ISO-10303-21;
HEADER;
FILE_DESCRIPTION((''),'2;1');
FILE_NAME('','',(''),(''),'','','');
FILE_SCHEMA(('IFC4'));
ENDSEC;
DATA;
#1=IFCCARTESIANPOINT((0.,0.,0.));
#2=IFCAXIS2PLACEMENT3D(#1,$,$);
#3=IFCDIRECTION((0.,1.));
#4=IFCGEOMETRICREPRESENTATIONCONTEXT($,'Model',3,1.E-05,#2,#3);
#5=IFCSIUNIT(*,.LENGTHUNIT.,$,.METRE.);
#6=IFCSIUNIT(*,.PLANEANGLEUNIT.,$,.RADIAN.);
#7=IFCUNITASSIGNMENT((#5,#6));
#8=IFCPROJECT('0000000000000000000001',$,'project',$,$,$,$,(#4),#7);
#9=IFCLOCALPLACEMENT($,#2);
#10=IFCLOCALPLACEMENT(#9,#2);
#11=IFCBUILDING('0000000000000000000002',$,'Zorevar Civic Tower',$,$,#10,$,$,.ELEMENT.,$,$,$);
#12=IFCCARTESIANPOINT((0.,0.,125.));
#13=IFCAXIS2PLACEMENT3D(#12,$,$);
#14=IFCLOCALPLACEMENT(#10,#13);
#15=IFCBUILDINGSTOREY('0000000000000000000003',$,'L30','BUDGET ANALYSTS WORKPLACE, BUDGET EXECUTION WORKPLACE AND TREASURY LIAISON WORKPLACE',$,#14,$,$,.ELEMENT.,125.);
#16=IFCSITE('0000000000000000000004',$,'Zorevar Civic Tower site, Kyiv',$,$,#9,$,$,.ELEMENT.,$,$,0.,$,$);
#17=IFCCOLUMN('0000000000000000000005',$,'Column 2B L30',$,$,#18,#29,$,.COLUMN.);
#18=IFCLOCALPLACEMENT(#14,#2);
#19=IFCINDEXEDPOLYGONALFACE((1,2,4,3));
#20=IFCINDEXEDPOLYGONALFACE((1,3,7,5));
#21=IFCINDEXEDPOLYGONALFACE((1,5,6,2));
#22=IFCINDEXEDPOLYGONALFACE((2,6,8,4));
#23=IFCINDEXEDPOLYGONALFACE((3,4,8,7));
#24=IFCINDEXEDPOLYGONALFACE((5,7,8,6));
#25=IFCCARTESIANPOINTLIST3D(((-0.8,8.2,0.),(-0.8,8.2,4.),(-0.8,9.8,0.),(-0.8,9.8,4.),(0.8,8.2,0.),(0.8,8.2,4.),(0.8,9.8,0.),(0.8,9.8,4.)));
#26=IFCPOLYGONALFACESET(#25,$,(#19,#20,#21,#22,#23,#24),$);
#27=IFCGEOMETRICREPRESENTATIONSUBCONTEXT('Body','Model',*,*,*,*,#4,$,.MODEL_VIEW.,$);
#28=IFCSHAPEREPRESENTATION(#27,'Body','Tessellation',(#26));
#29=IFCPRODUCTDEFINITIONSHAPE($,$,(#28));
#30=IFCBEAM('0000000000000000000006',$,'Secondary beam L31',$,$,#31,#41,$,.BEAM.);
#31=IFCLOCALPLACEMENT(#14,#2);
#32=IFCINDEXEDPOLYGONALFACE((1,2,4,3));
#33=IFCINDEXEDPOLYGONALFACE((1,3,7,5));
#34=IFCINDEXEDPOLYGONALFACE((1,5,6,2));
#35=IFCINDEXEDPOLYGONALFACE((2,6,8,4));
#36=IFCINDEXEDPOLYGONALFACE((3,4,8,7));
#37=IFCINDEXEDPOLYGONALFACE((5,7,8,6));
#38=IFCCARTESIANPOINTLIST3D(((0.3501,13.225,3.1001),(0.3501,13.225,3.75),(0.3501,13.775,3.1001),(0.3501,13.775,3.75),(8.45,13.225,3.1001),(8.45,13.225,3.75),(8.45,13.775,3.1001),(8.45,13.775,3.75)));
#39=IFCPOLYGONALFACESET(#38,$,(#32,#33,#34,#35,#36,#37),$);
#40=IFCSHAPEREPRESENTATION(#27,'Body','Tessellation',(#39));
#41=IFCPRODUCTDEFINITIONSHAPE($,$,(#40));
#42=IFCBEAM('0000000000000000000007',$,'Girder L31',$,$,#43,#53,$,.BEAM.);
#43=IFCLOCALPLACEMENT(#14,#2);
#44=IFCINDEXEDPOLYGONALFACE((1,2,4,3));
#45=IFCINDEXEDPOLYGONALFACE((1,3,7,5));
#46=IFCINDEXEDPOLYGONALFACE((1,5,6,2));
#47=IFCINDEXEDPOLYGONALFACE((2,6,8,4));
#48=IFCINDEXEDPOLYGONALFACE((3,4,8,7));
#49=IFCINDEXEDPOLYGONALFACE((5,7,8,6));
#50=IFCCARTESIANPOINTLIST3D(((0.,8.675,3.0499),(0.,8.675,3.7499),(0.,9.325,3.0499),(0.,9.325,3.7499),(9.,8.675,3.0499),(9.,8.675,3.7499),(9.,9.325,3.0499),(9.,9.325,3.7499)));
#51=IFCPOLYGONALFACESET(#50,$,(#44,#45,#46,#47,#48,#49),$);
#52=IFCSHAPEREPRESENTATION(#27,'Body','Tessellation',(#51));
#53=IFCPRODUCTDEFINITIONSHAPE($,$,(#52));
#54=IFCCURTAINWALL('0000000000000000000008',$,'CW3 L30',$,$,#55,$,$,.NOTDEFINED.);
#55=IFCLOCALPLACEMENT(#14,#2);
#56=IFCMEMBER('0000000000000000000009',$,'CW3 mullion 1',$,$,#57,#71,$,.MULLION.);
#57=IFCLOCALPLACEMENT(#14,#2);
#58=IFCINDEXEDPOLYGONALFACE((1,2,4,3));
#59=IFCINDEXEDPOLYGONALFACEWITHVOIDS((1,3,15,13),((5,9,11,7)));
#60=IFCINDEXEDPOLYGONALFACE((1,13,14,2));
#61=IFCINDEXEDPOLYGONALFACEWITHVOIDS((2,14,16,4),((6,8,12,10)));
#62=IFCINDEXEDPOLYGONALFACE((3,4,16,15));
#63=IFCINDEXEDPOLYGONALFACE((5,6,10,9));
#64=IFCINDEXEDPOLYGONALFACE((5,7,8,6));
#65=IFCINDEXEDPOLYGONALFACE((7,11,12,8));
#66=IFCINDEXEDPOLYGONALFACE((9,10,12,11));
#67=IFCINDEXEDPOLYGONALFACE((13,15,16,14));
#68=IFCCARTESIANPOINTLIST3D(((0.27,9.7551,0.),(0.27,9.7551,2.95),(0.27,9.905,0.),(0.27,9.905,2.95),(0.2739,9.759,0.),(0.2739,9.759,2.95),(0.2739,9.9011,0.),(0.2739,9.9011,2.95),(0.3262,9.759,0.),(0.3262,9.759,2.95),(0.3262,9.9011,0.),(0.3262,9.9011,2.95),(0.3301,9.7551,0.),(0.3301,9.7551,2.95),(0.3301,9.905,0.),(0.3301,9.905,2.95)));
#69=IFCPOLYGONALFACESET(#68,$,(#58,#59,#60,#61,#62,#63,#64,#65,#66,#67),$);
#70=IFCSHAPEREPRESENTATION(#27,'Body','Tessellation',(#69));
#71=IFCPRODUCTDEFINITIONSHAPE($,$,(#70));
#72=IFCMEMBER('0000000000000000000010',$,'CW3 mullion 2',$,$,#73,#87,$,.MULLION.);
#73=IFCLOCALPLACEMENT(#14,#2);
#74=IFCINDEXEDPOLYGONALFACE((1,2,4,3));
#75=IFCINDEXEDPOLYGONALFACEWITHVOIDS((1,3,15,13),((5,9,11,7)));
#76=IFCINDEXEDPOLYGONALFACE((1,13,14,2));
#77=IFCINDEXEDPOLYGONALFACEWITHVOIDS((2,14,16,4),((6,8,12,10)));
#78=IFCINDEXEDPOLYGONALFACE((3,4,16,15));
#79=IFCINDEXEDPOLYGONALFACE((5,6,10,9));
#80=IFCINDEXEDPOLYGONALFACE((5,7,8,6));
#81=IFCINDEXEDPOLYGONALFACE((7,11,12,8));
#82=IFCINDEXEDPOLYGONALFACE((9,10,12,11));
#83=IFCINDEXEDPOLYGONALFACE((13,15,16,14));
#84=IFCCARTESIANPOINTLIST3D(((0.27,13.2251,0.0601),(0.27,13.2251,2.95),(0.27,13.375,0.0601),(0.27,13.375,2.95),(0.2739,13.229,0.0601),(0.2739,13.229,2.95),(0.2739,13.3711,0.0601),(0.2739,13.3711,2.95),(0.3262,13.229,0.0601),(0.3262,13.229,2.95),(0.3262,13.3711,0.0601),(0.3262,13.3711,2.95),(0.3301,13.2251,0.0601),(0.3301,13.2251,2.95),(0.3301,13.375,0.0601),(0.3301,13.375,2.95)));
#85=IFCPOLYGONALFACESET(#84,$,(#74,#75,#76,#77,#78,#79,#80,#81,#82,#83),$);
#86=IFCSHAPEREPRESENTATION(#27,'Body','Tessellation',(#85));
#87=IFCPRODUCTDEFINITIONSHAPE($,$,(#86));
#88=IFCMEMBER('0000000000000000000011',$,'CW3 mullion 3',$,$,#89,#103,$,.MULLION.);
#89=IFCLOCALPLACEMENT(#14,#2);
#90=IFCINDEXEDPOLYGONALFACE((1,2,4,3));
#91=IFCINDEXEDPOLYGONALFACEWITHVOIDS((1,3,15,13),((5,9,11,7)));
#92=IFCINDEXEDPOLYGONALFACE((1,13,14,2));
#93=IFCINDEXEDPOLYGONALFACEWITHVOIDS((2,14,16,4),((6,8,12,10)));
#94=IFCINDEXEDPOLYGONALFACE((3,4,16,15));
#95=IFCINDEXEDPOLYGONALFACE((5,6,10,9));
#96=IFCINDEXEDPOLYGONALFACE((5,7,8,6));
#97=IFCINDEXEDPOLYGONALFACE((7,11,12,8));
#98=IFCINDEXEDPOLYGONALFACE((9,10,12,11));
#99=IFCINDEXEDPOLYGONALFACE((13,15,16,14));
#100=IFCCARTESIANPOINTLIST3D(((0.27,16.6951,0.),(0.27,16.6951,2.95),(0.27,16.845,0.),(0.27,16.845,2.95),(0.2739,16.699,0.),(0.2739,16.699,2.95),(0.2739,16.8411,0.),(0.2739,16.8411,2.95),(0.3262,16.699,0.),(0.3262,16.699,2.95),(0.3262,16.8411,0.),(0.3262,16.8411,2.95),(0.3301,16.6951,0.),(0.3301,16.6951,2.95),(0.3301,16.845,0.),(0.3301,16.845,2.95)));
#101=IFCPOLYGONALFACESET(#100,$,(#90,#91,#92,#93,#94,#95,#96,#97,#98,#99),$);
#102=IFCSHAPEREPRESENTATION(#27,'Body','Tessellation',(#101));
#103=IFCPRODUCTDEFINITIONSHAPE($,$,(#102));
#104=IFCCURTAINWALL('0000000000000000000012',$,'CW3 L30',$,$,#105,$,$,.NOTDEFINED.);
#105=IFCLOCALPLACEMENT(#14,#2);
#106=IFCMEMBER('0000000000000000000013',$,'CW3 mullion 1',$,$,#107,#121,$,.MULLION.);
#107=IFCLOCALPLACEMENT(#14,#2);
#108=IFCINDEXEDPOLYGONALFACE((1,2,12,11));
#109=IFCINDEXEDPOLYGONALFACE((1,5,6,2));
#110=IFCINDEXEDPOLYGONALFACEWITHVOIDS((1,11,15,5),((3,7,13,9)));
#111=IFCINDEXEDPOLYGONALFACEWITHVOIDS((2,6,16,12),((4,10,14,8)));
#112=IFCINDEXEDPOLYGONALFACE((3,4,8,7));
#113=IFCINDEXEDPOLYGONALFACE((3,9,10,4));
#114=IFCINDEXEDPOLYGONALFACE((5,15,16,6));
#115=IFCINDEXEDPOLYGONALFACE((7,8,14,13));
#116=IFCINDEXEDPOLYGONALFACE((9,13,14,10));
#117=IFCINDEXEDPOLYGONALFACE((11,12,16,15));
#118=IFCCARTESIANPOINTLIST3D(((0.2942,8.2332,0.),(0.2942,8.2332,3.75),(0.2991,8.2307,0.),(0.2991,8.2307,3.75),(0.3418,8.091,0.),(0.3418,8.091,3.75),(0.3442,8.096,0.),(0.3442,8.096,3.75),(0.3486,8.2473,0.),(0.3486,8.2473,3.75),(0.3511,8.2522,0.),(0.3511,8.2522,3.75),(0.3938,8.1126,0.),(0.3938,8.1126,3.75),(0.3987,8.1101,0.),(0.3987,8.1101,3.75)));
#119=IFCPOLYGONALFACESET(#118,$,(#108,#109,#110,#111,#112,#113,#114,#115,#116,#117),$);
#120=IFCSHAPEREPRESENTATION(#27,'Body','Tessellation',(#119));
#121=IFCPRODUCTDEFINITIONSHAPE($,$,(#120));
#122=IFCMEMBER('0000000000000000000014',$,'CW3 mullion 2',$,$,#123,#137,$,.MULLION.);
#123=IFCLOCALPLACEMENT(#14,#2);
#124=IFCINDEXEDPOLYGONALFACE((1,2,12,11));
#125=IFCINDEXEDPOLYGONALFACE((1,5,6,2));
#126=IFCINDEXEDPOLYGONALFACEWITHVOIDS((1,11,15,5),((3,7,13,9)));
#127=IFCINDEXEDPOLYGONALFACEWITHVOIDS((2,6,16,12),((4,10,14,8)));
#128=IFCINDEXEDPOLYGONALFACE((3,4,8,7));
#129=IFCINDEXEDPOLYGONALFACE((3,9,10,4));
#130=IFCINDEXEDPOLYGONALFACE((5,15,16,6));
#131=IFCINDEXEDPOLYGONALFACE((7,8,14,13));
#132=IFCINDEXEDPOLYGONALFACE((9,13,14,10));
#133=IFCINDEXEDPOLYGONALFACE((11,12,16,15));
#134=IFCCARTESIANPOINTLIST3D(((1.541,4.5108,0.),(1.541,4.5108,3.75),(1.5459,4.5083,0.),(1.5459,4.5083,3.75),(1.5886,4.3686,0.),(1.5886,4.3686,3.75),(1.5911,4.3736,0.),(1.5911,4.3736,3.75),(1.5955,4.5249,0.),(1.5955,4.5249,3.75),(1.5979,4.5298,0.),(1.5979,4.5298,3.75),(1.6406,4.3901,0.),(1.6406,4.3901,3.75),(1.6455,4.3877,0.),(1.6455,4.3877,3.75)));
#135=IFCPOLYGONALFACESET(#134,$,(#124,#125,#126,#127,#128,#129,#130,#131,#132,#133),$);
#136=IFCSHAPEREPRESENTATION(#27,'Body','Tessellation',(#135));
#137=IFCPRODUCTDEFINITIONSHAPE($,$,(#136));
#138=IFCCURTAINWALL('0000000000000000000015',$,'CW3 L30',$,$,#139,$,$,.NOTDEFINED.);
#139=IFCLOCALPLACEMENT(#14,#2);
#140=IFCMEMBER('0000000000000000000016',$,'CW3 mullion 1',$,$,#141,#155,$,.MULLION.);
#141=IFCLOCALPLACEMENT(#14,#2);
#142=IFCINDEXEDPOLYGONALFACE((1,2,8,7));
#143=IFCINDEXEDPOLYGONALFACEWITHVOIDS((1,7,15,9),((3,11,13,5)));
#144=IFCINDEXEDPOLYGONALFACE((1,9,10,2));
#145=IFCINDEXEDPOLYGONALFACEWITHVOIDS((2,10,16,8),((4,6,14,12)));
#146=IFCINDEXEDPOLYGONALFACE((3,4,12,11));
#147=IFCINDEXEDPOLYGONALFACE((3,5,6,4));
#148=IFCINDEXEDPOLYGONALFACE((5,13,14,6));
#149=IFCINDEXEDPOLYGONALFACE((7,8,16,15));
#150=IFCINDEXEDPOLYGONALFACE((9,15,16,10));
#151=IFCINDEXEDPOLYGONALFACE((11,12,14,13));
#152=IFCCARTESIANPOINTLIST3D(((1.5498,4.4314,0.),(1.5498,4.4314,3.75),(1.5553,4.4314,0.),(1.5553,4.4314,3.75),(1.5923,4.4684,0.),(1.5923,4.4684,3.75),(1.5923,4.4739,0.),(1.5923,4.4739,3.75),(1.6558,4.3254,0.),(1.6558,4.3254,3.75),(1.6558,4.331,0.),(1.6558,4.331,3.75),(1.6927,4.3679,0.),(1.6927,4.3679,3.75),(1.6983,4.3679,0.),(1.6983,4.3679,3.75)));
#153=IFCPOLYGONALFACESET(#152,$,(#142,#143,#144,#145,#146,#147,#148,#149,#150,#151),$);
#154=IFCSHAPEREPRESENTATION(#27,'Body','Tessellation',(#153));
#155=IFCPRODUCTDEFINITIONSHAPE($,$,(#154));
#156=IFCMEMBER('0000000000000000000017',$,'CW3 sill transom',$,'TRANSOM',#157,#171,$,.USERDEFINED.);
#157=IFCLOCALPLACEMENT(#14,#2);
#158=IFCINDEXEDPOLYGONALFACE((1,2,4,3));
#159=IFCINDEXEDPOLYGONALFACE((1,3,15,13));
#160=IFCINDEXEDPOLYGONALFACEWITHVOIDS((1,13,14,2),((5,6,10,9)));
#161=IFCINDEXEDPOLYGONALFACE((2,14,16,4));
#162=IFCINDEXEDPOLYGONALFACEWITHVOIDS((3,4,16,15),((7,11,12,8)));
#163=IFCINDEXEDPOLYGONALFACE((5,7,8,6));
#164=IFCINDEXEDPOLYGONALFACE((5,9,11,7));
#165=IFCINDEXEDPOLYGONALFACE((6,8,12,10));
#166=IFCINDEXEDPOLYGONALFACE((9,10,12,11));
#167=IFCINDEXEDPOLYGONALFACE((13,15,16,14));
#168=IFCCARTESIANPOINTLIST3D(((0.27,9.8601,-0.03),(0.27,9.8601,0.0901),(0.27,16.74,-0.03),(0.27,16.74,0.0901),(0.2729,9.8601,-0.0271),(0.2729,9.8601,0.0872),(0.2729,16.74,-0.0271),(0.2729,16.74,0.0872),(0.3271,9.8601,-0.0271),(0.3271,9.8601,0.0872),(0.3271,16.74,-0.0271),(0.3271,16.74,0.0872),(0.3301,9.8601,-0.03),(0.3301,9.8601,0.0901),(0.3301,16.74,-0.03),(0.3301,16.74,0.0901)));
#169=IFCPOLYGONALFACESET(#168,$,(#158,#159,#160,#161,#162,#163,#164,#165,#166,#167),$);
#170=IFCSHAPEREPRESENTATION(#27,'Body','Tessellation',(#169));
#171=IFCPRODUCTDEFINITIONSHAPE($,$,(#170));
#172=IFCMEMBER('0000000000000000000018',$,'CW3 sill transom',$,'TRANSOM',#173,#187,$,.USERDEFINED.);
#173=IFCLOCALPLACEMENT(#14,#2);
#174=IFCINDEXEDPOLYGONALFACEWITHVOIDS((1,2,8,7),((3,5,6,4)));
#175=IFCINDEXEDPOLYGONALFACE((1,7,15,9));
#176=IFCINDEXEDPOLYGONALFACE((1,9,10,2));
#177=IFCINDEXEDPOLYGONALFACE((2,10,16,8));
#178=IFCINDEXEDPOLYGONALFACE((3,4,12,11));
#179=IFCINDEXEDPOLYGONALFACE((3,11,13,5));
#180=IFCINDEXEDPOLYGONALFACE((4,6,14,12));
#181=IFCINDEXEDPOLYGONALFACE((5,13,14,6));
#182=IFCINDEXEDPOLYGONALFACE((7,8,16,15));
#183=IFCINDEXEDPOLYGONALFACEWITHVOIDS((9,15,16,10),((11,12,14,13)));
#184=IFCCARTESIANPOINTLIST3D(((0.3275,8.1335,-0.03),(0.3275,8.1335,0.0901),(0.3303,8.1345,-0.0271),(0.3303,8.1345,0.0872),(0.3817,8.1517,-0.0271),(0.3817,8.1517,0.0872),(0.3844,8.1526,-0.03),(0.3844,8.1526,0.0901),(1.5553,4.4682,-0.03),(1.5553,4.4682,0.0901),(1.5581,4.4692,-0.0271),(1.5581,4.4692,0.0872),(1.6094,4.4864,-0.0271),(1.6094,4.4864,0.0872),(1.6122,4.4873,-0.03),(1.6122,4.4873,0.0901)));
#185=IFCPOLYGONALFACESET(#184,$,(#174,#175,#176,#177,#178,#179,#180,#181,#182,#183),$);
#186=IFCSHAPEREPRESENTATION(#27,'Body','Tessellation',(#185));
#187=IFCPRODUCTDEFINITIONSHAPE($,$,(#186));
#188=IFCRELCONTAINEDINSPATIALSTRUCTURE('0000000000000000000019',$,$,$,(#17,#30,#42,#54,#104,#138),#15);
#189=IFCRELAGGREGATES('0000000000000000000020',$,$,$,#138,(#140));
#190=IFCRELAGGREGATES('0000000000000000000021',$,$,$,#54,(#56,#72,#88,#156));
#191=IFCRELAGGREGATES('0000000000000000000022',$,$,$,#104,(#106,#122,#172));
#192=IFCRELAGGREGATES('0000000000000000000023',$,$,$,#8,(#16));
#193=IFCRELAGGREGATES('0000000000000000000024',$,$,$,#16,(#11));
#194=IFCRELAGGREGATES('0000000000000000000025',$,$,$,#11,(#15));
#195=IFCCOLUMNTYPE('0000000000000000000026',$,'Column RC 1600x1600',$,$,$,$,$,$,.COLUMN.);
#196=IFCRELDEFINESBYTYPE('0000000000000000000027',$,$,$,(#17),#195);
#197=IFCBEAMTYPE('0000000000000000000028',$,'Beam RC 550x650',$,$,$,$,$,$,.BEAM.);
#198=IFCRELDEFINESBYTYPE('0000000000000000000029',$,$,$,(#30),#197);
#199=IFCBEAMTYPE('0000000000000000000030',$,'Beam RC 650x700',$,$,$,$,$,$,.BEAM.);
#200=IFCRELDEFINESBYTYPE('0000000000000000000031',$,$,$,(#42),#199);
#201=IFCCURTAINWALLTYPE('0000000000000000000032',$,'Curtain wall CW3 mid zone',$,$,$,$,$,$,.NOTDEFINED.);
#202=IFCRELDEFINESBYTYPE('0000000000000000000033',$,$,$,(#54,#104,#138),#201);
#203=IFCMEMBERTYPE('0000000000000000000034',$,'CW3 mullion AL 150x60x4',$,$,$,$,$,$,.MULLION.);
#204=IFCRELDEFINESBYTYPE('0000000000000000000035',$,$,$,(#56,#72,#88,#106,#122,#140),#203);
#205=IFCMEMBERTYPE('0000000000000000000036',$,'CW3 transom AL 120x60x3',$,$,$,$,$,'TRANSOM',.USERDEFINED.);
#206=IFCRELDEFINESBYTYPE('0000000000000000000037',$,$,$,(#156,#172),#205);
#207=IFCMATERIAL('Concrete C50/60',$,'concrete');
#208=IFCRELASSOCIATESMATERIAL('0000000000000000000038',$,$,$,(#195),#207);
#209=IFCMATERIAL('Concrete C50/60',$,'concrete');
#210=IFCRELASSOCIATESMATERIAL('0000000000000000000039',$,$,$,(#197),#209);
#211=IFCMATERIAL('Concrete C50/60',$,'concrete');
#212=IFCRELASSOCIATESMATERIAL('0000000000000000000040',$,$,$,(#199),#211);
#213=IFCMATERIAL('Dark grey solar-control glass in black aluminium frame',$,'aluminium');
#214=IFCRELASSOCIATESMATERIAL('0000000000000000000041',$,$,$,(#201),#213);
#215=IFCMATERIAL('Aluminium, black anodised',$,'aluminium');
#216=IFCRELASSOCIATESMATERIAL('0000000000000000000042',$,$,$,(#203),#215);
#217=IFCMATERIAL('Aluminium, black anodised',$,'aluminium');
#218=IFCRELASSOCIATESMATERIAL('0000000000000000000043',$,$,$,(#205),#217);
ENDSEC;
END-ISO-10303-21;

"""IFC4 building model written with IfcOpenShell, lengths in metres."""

from ifc_helpers import new_model, si_unit, direction, frame, origin, origin_2d, place, context, subcontext, project, spatial, rectangle, hollow_rectangle, extrude, material, material_profile, profile_set, type_object, element, aggregate, save


model = new_model("IFC4")

# Units and contexts
model_context = context("Model", 3, precision=1e-05, world=origin(), true_north=direction((0.0, 1.0)))
body_context = subcontext(model_context, "Body", "Model", "MODEL_VIEW")
ifc_project = project(units=[si_unit("LENGTHUNIT", "METRE"), si_unit("PLANEANGLEUNIT", "RADIAN")], contexts=[model_context])

# Site, building, storey
site_placement = place(None, origin())
site = spatial("IfcSite", under=ifc_project, at=site_placement, Name="Zorevar Civic Tower site, Kyiv", CompositionType="ELEMENT", RefElevation=0.0)
building_placement = place(site_placement, origin())
building = spatial("IfcBuilding", under=site, at=building_placement, Name="Zorevar Civic Tower", CompositionType="ELEMENT")
storey_placement = place(building_placement, frame((0.0, 0.0, 125.0)))
storey = spatial("IfcBuildingStorey", under=building, at=storey_placement, Name="L30", Description="BUDGET ANALYSTS WORKPLACE, BUDGET EXECUTION WORKPLACE AND TREASURY LIAISON WORKPLACE", CompositionType="ELEMENT", Elevation=125.0)

# Column
ifc_material_1 = material(Name="Concrete C50/60", Category="concrete")
ifc_material_profile_1 = material_profile(ifc_material_1, rectangle(XDim=1.6001, YDim=1.6001, at=origin_2d()), Name="RC 1600x1600")
ifc_profile_set_1 = profile_set([ifc_material_profile_1], Name="Concrete C50/60")
column_type = type_object("IfcColumnType", Name="Column RC 1600x1600", PredefinedType="COLUMN", material=ifc_profile_set_1)
column_placement = place(storey_placement, frame((0.0, 9.0, 0.0), z_axis=(0.0, 0.0, 1.0), x_axis=(1.0, 0.0, 0.0)))
element("IfcColumn", 1, at=column_placement, inside=storey, type_object=column_type, Name="Column 2B L30", PredefinedType="COLUMN", context=body_context, shape_type="SweptSolid", body=[
    extrude(rectangle(XDim=1.6001, YDim=1.6001, at=origin_2d()), origin(), (0.0, 0.0, 1.0), 4.0),
])

# Beams
ifc_material_2 = material(Name="Concrete C50/60", Category="concrete")
ifc_material_profile_2 = material_profile(ifc_material_2, rectangle(XDim=0.55, YDim=0.6499, at=origin_2d()), Name="RC 550x650")
ifc_profile_set_2 = profile_set([ifc_material_profile_2], Name="Concrete C50/60")
beam_type_1 = type_object("IfcBeamType", Name="Beam RC 550x650", PredefinedType="BEAM", material=ifc_profile_set_2)
beam_1_placement = place(storey_placement, frame((0.3501, 13.5, 3.425), z_axis=(1.0, 0.0, 0.0), x_axis=(0.0, 1.0, 0.0)))
element("IfcBeam", 2, at=beam_1_placement, inside=storey, type_object=beam_type_1, Name="Secondary beam L31", PredefinedType="BEAM", context=body_context, shape_type="SweptSolid", body=[
    extrude(rectangle(XDim=0.55, YDim=0.6499, at=origin_2d()), origin(), (0.0, 0.0, 1.0), 8.0999),
])
ifc_material_3 = material(Name="Concrete C50/60", Category="concrete")
ifc_material_profile_3 = material_profile(ifc_material_3, rectangle(XDim=0.6499, YDim=0.7, at=origin_2d()), Name="RC 650x700")
ifc_profile_set_3 = profile_set([ifc_material_profile_3], Name="Concrete C50/60")
beam_type_2 = type_object("IfcBeamType", Name="Beam RC 650x700", PredefinedType="BEAM", material=ifc_profile_set_3)
beam_2_placement = place(storey_placement, frame((0.0, 9.0, 3.3999), z_axis=(1.0, 0.0, 0.0), x_axis=(0.0, 1.0, 0.0)))
element("IfcBeam", 3, at=beam_2_placement, inside=storey, type_object=beam_type_2, Name="Girder L31", PredefinedType="BEAM", context=body_context, shape_type="SweptSolid", body=[
    extrude(rectangle(XDim=0.6499, YDim=0.7, at=origin_2d()), origin(), (0.0, 0.0, 1.0), 9.0),
])

# Curtain walls, members
ifc_material_4 = material(Name="Dark grey solar-control glass in black aluminium frame", Category="aluminium")
curtain_wall_type = type_object("IfcCurtainWallType", Name="Curtain wall CW3 mid zone", PredefinedType="NOTDEFINED", material=ifc_material_4)
curtain_wall_1_placement = place(storey_placement, origin())
curtain_wall_1 = element("IfcCurtainWall", 4, at=curtain_wall_1_placement, inside=storey, type_object=curtain_wall_type, Name="CW3 L30", PredefinedType="NOTDEFINED")
ifc_material_5 = material(Name="Aluminium, black anodised", Category="aluminium")
ifc_material_profile_4 = material_profile(ifc_material_5, hollow_rectangle(XDim=0.0601, YDim=0.1499, WallThickness=0.0039, at=origin_2d()), Name="AL 150x60x4")
ifc_profile_set_4 = profile_set([ifc_material_profile_4], Name="Aluminium, black anodised")
member_type_1 = type_object("IfcMemberType", Name="CW3 mullion AL 150x60x4", PredefinedType="MULLION", material=ifc_profile_set_4)
member_1_placement = place(storey_placement, frame((0.3, 9.8301, 0.0), z_axis=(0.0, 0.0, 1.0), x_axis=(-1.0, 0.0, 0.0)))
member_1 = element("IfcMember", 5, at=member_1_placement, type_object=member_type_1, Name="CW3 mullion 1", PredefinedType="MULLION", context=body_context, shape_type="SweptSolid", body=[
    extrude(hollow_rectangle(XDim=0.0601, YDim=0.1499, WallThickness=0.0039, at=origin_2d()), origin(), (0.0, 0.0, 1.0), 2.95),
])
member_2_placement = place(storey_placement, frame((0.3, 13.3, 0.0601), z_axis=(0.0, 0.0, 1.0), x_axis=(-1.0, 0.0, 0.0)))
member_2 = element("IfcMember", 6, at=member_2_placement, type_object=member_type_1, Name="CW3 mullion 2", PredefinedType="MULLION", context=body_context, shape_type="SweptSolid", body=[
    extrude(hollow_rectangle(XDim=0.0601, YDim=0.1499, WallThickness=0.0039, at=origin_2d()), origin(), (0.0, 0.0, 1.0), 2.8899),
])
member_3_placement = place(storey_placement, frame((0.3, 16.77, 0.0), z_axis=(0.0, 0.0, 1.0), x_axis=(-1.0, 0.0, 0.0)))
member_3 = element("IfcMember", 7, at=member_3_placement, type_object=member_type_1, Name="CW3 mullion 3", PredefinedType="MULLION", context=body_context, shape_type="SweptSolid", body=[
    extrude(hollow_rectangle(XDim=0.0601, YDim=0.1499, WallThickness=0.0039, at=origin_2d()), origin(), (0.0, 0.0, 1.0), 2.95),
])
curtain_wall_2_placement = place(storey_placement, origin())
curtain_wall_2 = element("IfcCurtainWall", 8, at=curtain_wall_2_placement, inside=storey, type_object=curtain_wall_type, Name="CW3 L30", PredefinedType="NOTDEFINED")
member_4_placement = place(storey_placement, frame((0.3464, 8.1716, 0.0), z_axis=(0.0, 0.0, 1.0), x_axis=(0.948227, 0.317593, 0.0)))
member_4 = element("IfcMember", 9, at=member_4_placement, type_object=member_type_1, Name="CW3 mullion 1", PredefinedType="MULLION", context=body_context, shape_type="SweptSolid", body=[
    extrude(hollow_rectangle(XDim=0.0601, YDim=0.1499, WallThickness=0.0039, at=origin_2d()), origin(), (0.0, 0.0, 1.0), 3.75),
])
member_5_placement = place(storey_placement, frame((1.5933, 4.4492, 0.0), z_axis=(0.0, 0.0, 1.0), x_axis=(0.948227, 0.317593, 0.0)))
member_5 = element("IfcMember", 10, at=member_5_placement, type_object=member_type_1, Name="CW3 mullion 2", PredefinedType="MULLION", context=body_context, shape_type="SweptSolid", body=[
    extrude(hollow_rectangle(XDim=0.0601, YDim=0.1499, WallThickness=0.0039, at=origin_2d()), origin(), (0.0, 0.0, 1.0), 3.75),
])

# Curtain wall, member
curtain_wall_3_placement = place(storey_placement, origin())
curtain_wall_3 = element("IfcCurtainWall", 11, at=curtain_wall_3_placement, inside=storey, type_object=curtain_wall_type, Name="CW3 L30", PredefinedType="NOTDEFINED")
member_6_placement = place(storey_placement, frame((1.624, 4.3997, 0.0), z_axis=(0.0, 0.0, 1.0), x_axis=(0.707107, 0.707107, 0.0)))
member_6 = element("IfcMember", 12, at=member_6_placement, type_object=member_type_1, Name="CW3 mullion 1", PredefinedType="MULLION", context=body_context, shape_type="SweptSolid", body=[
    extrude(hollow_rectangle(XDim=0.0601, YDim=0.1499, WallThickness=0.0039, at=origin_2d()), origin(), (0.0, 0.0, 1.0), 3.75),
])

# Members
ifc_material_6 = material(Name="Aluminium, black anodised", Category="aluminium")
ifc_material_profile_5 = material_profile(ifc_material_6, hollow_rectangle(XDim=0.0601, YDim=0.1201, WallThickness=0.0029, at=origin_2d()), Name="AL 120x60x3")
ifc_profile_set_5 = profile_set([ifc_material_profile_5], Name="Aluminium, black anodised")
member_type_2 = type_object("IfcMemberType", Name="CW3 transom AL 120x60x3", ElementType="TRANSOM", PredefinedType="USERDEFINED", material=ifc_profile_set_5)
member_7_placement = place(storey_placement, frame((0.3, 9.8601, 0.03), z_axis=(0.0, 1.0, 0.0), x_axis=(-1.0, 0.0, 0.0)))
member_7 = element("IfcMember", 13, at=member_7_placement, type_object=member_type_2, Name="CW3 sill transom", ObjectType="TRANSOM", PredefinedType="USERDEFINED", context=body_context, shape_type="SweptSolid", body=[
    extrude(hollow_rectangle(XDim=0.0601, YDim=0.1201, WallThickness=0.0029, at=origin_2d()), origin(), (0.0, 0.0, 1.0), 6.8799),
])
member_8_placement = place(storey_placement, frame((0.356, 8.1431, 0.03), z_axis=(0.31763, -0.948215, 0.0), x_axis=(0.948215, 0.31763, 0.0)))
member_8 = element("IfcMember", 14, at=member_8_placement, type_object=member_type_2, Name="CW3 sill transom", ObjectType="TRANSOM", PredefinedType="USERDEFINED", context=body_context, shape_type="SweptSolid", body=[
    extrude(hollow_rectangle(XDim=0.0601, YDim=0.1201, WallThickness=0.0029, at=origin_2d()), origin(), (0.0, 0.0, 1.0), 3.8655),
])
aggregate(curtain_wall_3, [member_6])

aggregate(curtain_wall_1, [member_1, member_2, member_3, member_7])
aggregate(curtain_wall_2, [member_4, member_5, member_8])

save(model, "model.ifc")
